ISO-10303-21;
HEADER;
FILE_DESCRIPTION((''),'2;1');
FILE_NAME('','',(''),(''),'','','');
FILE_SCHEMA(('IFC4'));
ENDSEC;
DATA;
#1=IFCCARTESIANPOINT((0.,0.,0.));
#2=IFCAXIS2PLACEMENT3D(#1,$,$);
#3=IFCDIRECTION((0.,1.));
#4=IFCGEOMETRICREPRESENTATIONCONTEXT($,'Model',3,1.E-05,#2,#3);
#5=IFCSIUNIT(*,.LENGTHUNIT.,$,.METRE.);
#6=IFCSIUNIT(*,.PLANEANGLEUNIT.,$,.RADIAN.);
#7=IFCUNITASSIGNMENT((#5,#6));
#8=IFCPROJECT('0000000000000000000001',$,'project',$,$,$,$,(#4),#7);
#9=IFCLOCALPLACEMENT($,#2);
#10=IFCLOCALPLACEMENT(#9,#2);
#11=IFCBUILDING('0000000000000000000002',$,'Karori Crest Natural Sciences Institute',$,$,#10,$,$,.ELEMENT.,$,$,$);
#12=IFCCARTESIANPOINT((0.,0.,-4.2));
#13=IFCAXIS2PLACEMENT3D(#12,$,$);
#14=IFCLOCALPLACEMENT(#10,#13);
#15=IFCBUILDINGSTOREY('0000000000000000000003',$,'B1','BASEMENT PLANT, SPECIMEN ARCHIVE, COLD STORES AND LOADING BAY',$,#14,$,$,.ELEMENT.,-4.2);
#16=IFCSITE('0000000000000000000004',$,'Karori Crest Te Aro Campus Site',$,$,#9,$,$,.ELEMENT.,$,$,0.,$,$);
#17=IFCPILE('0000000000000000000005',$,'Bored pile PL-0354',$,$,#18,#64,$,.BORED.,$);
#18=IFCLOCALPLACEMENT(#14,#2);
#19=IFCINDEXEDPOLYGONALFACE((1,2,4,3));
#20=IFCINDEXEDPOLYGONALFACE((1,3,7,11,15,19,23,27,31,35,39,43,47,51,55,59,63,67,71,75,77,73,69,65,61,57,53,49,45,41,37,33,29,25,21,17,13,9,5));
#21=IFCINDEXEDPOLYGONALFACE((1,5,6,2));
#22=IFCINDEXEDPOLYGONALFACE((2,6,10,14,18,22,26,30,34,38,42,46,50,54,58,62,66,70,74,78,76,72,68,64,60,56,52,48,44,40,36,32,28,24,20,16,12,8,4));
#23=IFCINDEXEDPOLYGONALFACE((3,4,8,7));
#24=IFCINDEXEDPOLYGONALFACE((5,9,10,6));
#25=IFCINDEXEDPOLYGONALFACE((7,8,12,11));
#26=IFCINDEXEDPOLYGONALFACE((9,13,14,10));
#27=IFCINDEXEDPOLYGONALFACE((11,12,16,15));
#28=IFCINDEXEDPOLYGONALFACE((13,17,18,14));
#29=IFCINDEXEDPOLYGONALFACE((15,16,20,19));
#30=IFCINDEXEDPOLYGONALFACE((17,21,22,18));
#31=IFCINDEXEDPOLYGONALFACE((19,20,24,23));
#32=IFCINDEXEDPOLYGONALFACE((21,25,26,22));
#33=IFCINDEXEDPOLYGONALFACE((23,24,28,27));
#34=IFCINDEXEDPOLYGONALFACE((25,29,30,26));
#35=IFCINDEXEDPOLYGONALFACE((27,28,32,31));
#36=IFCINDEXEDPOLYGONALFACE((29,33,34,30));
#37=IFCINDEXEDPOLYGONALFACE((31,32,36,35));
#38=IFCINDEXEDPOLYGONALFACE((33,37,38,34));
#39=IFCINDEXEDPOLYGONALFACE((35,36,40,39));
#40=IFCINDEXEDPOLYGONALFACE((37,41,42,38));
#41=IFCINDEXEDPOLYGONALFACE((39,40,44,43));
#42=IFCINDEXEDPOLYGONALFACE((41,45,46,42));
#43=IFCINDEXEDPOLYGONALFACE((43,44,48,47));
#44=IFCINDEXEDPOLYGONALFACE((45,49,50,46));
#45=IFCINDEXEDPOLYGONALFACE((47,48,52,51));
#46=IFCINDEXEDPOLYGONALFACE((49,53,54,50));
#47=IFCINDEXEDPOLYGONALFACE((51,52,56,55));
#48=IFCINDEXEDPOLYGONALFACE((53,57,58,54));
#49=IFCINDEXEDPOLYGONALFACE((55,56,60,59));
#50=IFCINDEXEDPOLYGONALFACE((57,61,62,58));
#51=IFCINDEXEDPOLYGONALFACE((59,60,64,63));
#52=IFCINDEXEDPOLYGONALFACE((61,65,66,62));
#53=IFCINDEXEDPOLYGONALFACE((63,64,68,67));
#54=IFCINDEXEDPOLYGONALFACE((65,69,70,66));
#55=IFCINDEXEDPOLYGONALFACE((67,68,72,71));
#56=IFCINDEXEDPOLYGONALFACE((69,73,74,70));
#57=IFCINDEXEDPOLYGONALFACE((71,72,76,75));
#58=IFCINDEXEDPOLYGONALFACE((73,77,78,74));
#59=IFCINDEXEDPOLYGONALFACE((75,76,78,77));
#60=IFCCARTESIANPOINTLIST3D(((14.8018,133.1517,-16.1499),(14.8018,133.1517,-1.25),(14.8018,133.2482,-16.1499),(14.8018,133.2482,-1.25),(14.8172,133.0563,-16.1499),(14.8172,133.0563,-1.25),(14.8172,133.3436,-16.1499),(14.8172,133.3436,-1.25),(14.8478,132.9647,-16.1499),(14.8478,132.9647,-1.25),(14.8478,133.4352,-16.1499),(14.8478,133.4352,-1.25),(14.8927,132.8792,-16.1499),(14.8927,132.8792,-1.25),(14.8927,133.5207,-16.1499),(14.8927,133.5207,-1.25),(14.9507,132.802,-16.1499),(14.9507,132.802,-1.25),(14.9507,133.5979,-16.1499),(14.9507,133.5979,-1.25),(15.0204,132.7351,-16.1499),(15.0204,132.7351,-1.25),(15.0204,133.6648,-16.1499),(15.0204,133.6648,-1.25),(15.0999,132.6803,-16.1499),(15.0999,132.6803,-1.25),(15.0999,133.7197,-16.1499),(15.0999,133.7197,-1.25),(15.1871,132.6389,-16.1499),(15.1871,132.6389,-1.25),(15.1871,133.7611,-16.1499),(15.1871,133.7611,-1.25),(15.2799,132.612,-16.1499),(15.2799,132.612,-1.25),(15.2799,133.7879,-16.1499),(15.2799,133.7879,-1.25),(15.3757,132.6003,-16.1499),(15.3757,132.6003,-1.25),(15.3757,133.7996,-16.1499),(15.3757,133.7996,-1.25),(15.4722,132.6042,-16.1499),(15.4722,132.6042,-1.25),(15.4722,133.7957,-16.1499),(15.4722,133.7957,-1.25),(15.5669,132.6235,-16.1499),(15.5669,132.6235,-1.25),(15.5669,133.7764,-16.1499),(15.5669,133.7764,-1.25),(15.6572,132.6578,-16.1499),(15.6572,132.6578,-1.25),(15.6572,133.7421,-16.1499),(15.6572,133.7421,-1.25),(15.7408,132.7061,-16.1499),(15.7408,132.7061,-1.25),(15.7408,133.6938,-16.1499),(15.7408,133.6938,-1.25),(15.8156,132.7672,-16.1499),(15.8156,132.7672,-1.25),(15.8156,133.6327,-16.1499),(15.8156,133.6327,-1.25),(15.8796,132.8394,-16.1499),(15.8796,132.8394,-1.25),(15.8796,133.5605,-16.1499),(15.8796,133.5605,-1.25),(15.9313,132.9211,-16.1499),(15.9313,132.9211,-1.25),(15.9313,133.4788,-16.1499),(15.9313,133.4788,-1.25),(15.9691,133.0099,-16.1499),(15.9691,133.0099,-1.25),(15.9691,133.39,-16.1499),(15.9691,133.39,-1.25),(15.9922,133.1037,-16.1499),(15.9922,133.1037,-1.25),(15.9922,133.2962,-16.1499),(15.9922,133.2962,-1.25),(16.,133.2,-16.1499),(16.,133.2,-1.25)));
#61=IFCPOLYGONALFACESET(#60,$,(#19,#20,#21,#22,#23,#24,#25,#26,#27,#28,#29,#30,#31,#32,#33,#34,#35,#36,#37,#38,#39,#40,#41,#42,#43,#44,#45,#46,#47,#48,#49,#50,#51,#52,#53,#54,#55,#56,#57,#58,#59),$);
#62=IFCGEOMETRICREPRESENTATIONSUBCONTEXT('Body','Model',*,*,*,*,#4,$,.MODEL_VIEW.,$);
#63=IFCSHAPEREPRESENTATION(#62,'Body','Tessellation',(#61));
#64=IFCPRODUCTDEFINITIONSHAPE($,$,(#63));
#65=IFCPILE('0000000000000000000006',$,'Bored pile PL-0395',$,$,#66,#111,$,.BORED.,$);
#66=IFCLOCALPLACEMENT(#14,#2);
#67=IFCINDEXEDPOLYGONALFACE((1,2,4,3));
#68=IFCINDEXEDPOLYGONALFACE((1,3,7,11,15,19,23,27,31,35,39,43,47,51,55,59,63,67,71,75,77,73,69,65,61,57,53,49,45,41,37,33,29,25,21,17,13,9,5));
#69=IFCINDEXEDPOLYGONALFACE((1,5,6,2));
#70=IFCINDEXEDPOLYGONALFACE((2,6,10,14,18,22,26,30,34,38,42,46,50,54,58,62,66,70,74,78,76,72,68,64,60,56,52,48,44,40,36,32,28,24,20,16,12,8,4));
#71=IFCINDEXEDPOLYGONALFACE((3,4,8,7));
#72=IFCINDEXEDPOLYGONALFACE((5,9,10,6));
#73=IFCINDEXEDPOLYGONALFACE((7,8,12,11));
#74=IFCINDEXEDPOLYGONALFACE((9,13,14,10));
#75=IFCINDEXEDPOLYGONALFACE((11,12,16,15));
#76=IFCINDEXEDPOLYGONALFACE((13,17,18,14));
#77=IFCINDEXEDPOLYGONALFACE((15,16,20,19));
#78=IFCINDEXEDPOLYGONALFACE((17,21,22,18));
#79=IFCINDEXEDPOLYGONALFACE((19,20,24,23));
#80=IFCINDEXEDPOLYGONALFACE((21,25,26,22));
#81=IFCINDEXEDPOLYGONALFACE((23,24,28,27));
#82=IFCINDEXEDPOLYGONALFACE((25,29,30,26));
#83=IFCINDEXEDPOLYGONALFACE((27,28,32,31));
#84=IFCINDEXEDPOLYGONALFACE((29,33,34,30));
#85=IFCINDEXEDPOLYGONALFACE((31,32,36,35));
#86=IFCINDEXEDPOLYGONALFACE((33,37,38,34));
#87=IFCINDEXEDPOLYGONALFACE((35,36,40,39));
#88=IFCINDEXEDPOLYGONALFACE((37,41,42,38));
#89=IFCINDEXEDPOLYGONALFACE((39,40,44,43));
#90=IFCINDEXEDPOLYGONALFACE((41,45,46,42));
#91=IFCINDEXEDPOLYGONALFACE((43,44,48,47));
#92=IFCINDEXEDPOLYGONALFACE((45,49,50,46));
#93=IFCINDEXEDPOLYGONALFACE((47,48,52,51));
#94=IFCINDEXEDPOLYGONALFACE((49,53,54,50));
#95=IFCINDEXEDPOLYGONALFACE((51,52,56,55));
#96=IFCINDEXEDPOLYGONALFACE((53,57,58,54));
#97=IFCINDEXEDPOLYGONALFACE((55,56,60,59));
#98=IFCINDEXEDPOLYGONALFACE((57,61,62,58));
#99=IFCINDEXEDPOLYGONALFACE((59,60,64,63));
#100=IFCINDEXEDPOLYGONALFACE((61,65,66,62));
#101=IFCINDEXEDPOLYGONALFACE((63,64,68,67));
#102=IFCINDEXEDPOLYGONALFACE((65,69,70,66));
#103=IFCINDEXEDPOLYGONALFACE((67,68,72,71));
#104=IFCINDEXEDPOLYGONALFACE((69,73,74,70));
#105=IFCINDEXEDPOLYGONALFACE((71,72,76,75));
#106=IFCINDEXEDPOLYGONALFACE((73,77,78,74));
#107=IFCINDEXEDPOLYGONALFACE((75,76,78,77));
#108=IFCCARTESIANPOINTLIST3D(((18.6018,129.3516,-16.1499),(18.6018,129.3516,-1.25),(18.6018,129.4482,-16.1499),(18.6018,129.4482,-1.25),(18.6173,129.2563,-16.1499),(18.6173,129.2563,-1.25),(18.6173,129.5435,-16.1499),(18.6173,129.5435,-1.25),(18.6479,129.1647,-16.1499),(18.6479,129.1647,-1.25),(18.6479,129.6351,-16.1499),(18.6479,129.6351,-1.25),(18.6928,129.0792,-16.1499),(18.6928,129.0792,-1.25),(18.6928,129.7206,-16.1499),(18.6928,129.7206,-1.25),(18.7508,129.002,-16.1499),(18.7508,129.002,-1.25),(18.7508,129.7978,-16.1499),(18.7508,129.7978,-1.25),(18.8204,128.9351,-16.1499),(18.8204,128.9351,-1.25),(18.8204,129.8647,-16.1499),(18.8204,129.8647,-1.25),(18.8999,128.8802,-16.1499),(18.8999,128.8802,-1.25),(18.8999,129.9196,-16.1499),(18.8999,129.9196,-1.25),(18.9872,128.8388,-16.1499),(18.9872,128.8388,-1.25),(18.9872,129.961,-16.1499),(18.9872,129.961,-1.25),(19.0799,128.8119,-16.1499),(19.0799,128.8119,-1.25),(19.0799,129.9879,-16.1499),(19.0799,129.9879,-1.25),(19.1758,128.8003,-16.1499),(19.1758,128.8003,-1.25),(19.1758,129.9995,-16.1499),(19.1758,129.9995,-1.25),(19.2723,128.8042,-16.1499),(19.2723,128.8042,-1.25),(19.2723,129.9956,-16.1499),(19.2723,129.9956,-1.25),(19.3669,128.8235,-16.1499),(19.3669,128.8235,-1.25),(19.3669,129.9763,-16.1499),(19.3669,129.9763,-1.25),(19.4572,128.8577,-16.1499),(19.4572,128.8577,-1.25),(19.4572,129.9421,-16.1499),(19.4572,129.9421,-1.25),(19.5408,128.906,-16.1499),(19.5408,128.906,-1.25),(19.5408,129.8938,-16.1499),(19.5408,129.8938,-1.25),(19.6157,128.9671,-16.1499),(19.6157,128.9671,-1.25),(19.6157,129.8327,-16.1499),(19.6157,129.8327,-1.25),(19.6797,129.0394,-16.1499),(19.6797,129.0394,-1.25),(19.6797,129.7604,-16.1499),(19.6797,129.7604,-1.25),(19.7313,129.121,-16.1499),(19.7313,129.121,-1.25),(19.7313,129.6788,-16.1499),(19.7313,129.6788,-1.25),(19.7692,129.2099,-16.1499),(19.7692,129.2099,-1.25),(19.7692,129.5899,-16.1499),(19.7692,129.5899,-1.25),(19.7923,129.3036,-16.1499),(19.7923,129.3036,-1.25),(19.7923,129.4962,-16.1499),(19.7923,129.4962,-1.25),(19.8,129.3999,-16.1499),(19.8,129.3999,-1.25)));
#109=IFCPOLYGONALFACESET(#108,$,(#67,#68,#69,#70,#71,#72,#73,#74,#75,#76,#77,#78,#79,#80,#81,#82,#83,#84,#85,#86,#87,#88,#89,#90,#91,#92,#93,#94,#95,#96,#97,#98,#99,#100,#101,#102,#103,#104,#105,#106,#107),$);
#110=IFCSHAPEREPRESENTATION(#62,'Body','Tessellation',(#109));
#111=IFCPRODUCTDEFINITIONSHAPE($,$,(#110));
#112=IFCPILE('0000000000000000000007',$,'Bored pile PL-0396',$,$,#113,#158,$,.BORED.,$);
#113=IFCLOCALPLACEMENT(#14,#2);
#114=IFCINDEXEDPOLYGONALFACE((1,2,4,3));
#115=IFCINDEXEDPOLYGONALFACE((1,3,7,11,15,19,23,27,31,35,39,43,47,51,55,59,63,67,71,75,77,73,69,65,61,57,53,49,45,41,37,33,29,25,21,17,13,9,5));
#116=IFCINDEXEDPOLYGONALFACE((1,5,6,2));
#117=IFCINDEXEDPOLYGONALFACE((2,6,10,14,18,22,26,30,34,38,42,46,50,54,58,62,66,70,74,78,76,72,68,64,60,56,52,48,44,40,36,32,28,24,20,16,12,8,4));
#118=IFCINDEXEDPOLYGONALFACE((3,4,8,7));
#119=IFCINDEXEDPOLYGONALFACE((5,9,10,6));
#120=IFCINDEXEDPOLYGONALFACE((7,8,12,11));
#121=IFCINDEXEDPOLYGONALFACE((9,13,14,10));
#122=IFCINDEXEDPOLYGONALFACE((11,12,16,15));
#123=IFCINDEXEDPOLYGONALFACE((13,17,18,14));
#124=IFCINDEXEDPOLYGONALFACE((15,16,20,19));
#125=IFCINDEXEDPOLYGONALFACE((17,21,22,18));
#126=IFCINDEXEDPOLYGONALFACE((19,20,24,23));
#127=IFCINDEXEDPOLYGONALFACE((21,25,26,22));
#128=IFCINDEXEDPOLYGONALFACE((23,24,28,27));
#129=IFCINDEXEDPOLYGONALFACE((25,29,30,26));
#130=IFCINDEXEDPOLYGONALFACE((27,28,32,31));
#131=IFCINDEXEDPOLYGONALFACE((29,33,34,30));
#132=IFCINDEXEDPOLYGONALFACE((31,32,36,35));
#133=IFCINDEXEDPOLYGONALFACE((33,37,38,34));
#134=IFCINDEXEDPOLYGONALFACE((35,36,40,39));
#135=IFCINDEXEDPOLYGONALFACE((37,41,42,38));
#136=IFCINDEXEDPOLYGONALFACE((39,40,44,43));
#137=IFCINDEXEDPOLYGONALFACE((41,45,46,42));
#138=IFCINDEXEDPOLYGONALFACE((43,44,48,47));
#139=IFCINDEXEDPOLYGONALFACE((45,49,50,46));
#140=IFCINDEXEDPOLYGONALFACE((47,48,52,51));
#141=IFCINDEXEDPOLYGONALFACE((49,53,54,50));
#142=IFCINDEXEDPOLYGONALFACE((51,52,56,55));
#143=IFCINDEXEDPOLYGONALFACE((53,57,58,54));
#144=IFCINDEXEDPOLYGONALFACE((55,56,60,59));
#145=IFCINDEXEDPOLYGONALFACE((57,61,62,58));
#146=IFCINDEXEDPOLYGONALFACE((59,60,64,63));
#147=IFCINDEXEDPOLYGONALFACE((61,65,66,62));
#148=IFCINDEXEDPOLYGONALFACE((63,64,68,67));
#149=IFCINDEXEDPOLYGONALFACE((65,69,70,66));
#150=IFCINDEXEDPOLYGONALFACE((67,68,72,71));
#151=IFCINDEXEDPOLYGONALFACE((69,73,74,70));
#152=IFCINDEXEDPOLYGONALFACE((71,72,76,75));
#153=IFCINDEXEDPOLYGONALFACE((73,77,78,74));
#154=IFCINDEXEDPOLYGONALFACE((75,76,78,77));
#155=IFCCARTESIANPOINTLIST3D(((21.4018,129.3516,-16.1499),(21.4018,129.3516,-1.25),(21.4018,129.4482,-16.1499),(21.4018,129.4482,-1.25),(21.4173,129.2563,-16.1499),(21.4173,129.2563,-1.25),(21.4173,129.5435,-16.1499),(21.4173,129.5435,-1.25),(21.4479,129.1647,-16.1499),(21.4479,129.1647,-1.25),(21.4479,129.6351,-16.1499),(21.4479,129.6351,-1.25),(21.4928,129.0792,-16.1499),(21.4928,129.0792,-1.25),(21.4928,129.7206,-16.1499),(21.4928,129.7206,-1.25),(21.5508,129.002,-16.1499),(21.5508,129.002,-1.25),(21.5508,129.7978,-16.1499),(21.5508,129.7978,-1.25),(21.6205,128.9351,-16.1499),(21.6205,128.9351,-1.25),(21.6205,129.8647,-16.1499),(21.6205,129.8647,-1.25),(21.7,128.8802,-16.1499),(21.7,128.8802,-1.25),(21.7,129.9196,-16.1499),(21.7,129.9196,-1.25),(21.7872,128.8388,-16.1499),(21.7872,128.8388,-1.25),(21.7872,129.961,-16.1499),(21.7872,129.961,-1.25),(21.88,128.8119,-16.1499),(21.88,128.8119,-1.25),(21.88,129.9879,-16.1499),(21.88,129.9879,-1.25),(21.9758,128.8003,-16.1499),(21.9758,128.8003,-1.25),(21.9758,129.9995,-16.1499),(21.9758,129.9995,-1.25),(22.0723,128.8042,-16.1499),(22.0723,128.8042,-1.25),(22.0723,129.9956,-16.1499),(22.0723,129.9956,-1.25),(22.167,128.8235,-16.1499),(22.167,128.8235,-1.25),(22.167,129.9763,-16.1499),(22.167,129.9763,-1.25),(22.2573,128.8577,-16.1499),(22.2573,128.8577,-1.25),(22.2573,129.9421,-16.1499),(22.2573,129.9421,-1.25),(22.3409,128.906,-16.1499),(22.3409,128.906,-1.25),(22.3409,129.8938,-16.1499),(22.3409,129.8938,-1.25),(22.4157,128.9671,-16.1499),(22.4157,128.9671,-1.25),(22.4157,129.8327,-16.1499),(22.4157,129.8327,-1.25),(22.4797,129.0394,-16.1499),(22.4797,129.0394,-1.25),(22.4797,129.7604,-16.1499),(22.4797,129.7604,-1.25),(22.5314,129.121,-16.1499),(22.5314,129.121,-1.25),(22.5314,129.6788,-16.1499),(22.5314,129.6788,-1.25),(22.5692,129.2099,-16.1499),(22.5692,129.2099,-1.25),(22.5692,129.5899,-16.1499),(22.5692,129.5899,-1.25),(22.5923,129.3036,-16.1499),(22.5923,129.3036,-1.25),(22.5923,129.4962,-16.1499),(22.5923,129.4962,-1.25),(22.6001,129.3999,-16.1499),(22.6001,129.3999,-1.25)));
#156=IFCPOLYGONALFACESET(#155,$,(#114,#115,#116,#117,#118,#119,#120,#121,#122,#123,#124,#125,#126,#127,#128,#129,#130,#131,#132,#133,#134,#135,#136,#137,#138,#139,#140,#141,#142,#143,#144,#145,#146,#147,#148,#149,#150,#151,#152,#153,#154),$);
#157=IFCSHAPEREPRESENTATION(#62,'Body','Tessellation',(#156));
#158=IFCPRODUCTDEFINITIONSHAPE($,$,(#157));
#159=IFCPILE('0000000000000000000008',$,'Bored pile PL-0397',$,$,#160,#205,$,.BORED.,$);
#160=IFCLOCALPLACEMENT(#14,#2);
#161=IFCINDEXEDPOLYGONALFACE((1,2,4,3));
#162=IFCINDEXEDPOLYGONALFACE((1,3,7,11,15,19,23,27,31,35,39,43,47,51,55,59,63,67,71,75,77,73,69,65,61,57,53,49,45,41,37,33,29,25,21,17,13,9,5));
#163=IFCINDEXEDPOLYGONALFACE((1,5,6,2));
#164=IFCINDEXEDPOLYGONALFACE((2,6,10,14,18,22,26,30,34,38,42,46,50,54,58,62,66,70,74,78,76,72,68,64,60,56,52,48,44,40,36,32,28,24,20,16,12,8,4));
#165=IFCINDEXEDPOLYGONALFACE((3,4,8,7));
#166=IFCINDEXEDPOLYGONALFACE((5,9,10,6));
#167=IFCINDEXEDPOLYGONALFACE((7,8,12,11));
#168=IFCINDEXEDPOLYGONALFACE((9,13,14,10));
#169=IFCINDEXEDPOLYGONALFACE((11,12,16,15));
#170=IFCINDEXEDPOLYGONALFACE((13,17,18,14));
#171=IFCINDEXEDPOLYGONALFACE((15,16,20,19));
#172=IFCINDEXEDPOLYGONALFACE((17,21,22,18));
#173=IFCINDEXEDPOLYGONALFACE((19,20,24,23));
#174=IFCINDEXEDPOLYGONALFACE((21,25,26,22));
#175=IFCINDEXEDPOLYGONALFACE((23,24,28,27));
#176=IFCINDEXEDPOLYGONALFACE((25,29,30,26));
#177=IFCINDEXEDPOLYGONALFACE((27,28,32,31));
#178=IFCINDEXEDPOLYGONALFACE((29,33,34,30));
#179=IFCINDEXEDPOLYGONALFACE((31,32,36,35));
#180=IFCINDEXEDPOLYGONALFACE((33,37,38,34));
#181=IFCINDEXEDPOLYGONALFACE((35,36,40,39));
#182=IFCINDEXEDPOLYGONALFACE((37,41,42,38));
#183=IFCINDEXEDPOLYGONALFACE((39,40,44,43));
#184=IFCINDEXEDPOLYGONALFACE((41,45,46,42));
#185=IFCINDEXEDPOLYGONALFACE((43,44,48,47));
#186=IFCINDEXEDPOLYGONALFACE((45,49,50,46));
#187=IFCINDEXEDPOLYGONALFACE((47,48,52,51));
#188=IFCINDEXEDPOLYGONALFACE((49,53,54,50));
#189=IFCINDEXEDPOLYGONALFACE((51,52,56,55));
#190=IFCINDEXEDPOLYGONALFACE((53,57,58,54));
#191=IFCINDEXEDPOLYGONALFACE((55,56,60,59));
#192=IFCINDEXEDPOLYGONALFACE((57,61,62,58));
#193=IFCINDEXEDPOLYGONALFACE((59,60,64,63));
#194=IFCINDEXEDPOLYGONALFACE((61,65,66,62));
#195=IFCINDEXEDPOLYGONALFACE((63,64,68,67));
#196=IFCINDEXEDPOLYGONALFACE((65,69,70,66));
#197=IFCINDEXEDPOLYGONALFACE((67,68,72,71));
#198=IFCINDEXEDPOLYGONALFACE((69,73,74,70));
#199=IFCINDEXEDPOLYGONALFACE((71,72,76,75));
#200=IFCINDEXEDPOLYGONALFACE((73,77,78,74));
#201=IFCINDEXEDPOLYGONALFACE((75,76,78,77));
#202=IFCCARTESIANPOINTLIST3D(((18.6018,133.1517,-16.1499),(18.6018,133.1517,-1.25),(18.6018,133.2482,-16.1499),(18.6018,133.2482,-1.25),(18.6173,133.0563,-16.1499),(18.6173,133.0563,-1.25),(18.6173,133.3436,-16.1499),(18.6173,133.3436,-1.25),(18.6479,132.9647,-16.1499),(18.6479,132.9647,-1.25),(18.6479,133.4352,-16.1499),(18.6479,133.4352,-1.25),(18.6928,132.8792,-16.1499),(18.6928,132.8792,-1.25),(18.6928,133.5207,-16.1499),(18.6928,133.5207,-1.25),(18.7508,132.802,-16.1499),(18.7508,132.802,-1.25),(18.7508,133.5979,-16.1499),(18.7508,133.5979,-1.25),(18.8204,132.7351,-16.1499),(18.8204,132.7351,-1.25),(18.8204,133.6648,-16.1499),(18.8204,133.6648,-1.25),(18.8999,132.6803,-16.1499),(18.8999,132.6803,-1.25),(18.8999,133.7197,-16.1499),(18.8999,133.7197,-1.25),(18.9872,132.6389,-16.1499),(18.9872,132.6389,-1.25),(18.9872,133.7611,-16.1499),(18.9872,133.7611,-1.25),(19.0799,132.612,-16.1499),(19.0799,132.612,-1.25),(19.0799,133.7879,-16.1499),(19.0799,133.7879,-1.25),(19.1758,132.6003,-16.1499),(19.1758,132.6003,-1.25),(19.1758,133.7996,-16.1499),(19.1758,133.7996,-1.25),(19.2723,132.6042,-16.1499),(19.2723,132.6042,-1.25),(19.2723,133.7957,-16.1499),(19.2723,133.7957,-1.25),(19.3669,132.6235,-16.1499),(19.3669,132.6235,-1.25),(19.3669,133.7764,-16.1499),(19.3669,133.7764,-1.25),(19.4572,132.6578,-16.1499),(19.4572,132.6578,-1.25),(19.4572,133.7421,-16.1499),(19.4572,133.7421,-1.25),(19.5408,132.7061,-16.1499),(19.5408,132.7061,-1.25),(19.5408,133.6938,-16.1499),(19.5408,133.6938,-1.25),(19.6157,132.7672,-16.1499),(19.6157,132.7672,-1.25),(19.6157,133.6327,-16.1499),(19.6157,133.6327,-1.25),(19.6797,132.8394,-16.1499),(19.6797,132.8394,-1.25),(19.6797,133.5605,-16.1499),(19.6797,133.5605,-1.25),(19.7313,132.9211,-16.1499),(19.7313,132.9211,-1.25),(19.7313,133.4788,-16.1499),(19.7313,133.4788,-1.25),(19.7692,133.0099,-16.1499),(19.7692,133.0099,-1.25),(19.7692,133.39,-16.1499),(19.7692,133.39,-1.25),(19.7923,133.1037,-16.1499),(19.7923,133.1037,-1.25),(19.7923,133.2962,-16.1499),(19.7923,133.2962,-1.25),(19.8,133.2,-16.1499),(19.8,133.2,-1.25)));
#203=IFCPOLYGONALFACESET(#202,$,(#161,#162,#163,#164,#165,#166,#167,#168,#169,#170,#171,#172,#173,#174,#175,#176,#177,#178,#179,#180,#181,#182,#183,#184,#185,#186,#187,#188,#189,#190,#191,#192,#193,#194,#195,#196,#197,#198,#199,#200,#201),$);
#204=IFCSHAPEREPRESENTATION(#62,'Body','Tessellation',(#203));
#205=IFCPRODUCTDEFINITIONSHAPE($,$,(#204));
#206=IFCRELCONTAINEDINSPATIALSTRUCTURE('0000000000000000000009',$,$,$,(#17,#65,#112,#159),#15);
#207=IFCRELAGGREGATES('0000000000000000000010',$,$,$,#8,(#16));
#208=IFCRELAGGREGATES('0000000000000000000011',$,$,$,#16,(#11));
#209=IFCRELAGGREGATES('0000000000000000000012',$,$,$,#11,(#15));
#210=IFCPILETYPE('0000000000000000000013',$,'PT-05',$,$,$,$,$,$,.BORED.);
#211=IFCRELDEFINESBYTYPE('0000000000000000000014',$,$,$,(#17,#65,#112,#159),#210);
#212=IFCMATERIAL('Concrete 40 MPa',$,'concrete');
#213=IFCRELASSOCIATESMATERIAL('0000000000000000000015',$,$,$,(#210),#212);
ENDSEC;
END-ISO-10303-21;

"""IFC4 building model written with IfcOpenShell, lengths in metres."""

from ifc_helpers import new_model, si_unit, direction, frame, origin, origin_2d, place, context, subcontext, project, spatial, circle, extrude, material, material_profile, profile_set, type_object, element, save


model = new_model("IFC4")

# Units and contexts
model_context = context("Model", 3, precision=1e-05, world=origin(), true_north=direction((0.0, 1.0)))
body_context = subcontext(model_context, "Body", "Model", "MODEL_VIEW")
ifc_project = project(units=[si_unit("LENGTHUNIT", "METRE"), si_unit("PLANEANGLEUNIT", "RADIAN")], contexts=[model_context])

# Site, building, storey
site_placement = place(None, origin())
site = spatial("IfcSite", under=ifc_project, at=site_placement, Name="Karori Crest Te Aro Campus Site", CompositionType="ELEMENT", RefElevation=0.0)
building_placement = place(site_placement, origin())
building = spatial("IfcBuilding", under=site, at=building_placement, Name="Karori Crest Natural Sciences Institute", CompositionType="ELEMENT")
storey_placement = place(building_placement, frame((0.0, 0.0, -4.2)))
storey = spatial("IfcBuildingStorey", under=building, at=storey_placement, Name="B1", Description="BASEMENT PLANT, SPECIMEN ARCHIVE, COLD STORES AND LOADING BAY", CompositionType="ELEMENT", Elevation=-4.2)

# Shared definitions
ifc_material_1 = material(Name="Concrete 40 MPa", Category="concrete")

# Piles
ifc_material_profile_1 = material_profile(ifc_material_1, circle(Radius=0.6001, at=origin_2d()), Name="PILE1200")
ifc_profile_set_1 = profile_set([ifc_material_profile_1], Name="Concrete 40 MPa")
pile_type = type_object("IfcPileType", Name="PT-05", PredefinedType="BORED", material=ifc_profile_set_1)
for number, where, z_axis, x_axis, name in (
    (1, (15.3999, 133.2, -1.25), (0.0, 0.0, -1.0), (1.0, 0.0, 0.0), "Bored pile PL-0354"),
    (2, (19.2, 129.3999, -1.25), (0.0, 0.0, -1.0), (1.0, 0.0, 0.0), "Bored pile PL-0395"),
    (3, (22.0, 129.3999, -1.25), (0.0, 0.0, -1.0), (1.0, 0.0, 0.0), "Bored pile PL-0396"),
    (4, (19.2, 133.2, -1.25), (0.0, 0.0, -1.0), (1.0, 0.0, 0.0), "Bored pile PL-0397"),
):
    element("IfcPile", number, at=place(storey_placement, frame(where, z_axis=z_axis, x_axis=x_axis)), inside=storey, type_object=pile_type, Name=name, PredefinedType="BORED", context=body_context, shape_type="SweptSolid", body=[
        extrude(circle(Radius=0.6001, at=origin_2d()), origin(), (0.0, 0.0, 1.0), 14.8999),
    ])

save(model, "model.ifc")
